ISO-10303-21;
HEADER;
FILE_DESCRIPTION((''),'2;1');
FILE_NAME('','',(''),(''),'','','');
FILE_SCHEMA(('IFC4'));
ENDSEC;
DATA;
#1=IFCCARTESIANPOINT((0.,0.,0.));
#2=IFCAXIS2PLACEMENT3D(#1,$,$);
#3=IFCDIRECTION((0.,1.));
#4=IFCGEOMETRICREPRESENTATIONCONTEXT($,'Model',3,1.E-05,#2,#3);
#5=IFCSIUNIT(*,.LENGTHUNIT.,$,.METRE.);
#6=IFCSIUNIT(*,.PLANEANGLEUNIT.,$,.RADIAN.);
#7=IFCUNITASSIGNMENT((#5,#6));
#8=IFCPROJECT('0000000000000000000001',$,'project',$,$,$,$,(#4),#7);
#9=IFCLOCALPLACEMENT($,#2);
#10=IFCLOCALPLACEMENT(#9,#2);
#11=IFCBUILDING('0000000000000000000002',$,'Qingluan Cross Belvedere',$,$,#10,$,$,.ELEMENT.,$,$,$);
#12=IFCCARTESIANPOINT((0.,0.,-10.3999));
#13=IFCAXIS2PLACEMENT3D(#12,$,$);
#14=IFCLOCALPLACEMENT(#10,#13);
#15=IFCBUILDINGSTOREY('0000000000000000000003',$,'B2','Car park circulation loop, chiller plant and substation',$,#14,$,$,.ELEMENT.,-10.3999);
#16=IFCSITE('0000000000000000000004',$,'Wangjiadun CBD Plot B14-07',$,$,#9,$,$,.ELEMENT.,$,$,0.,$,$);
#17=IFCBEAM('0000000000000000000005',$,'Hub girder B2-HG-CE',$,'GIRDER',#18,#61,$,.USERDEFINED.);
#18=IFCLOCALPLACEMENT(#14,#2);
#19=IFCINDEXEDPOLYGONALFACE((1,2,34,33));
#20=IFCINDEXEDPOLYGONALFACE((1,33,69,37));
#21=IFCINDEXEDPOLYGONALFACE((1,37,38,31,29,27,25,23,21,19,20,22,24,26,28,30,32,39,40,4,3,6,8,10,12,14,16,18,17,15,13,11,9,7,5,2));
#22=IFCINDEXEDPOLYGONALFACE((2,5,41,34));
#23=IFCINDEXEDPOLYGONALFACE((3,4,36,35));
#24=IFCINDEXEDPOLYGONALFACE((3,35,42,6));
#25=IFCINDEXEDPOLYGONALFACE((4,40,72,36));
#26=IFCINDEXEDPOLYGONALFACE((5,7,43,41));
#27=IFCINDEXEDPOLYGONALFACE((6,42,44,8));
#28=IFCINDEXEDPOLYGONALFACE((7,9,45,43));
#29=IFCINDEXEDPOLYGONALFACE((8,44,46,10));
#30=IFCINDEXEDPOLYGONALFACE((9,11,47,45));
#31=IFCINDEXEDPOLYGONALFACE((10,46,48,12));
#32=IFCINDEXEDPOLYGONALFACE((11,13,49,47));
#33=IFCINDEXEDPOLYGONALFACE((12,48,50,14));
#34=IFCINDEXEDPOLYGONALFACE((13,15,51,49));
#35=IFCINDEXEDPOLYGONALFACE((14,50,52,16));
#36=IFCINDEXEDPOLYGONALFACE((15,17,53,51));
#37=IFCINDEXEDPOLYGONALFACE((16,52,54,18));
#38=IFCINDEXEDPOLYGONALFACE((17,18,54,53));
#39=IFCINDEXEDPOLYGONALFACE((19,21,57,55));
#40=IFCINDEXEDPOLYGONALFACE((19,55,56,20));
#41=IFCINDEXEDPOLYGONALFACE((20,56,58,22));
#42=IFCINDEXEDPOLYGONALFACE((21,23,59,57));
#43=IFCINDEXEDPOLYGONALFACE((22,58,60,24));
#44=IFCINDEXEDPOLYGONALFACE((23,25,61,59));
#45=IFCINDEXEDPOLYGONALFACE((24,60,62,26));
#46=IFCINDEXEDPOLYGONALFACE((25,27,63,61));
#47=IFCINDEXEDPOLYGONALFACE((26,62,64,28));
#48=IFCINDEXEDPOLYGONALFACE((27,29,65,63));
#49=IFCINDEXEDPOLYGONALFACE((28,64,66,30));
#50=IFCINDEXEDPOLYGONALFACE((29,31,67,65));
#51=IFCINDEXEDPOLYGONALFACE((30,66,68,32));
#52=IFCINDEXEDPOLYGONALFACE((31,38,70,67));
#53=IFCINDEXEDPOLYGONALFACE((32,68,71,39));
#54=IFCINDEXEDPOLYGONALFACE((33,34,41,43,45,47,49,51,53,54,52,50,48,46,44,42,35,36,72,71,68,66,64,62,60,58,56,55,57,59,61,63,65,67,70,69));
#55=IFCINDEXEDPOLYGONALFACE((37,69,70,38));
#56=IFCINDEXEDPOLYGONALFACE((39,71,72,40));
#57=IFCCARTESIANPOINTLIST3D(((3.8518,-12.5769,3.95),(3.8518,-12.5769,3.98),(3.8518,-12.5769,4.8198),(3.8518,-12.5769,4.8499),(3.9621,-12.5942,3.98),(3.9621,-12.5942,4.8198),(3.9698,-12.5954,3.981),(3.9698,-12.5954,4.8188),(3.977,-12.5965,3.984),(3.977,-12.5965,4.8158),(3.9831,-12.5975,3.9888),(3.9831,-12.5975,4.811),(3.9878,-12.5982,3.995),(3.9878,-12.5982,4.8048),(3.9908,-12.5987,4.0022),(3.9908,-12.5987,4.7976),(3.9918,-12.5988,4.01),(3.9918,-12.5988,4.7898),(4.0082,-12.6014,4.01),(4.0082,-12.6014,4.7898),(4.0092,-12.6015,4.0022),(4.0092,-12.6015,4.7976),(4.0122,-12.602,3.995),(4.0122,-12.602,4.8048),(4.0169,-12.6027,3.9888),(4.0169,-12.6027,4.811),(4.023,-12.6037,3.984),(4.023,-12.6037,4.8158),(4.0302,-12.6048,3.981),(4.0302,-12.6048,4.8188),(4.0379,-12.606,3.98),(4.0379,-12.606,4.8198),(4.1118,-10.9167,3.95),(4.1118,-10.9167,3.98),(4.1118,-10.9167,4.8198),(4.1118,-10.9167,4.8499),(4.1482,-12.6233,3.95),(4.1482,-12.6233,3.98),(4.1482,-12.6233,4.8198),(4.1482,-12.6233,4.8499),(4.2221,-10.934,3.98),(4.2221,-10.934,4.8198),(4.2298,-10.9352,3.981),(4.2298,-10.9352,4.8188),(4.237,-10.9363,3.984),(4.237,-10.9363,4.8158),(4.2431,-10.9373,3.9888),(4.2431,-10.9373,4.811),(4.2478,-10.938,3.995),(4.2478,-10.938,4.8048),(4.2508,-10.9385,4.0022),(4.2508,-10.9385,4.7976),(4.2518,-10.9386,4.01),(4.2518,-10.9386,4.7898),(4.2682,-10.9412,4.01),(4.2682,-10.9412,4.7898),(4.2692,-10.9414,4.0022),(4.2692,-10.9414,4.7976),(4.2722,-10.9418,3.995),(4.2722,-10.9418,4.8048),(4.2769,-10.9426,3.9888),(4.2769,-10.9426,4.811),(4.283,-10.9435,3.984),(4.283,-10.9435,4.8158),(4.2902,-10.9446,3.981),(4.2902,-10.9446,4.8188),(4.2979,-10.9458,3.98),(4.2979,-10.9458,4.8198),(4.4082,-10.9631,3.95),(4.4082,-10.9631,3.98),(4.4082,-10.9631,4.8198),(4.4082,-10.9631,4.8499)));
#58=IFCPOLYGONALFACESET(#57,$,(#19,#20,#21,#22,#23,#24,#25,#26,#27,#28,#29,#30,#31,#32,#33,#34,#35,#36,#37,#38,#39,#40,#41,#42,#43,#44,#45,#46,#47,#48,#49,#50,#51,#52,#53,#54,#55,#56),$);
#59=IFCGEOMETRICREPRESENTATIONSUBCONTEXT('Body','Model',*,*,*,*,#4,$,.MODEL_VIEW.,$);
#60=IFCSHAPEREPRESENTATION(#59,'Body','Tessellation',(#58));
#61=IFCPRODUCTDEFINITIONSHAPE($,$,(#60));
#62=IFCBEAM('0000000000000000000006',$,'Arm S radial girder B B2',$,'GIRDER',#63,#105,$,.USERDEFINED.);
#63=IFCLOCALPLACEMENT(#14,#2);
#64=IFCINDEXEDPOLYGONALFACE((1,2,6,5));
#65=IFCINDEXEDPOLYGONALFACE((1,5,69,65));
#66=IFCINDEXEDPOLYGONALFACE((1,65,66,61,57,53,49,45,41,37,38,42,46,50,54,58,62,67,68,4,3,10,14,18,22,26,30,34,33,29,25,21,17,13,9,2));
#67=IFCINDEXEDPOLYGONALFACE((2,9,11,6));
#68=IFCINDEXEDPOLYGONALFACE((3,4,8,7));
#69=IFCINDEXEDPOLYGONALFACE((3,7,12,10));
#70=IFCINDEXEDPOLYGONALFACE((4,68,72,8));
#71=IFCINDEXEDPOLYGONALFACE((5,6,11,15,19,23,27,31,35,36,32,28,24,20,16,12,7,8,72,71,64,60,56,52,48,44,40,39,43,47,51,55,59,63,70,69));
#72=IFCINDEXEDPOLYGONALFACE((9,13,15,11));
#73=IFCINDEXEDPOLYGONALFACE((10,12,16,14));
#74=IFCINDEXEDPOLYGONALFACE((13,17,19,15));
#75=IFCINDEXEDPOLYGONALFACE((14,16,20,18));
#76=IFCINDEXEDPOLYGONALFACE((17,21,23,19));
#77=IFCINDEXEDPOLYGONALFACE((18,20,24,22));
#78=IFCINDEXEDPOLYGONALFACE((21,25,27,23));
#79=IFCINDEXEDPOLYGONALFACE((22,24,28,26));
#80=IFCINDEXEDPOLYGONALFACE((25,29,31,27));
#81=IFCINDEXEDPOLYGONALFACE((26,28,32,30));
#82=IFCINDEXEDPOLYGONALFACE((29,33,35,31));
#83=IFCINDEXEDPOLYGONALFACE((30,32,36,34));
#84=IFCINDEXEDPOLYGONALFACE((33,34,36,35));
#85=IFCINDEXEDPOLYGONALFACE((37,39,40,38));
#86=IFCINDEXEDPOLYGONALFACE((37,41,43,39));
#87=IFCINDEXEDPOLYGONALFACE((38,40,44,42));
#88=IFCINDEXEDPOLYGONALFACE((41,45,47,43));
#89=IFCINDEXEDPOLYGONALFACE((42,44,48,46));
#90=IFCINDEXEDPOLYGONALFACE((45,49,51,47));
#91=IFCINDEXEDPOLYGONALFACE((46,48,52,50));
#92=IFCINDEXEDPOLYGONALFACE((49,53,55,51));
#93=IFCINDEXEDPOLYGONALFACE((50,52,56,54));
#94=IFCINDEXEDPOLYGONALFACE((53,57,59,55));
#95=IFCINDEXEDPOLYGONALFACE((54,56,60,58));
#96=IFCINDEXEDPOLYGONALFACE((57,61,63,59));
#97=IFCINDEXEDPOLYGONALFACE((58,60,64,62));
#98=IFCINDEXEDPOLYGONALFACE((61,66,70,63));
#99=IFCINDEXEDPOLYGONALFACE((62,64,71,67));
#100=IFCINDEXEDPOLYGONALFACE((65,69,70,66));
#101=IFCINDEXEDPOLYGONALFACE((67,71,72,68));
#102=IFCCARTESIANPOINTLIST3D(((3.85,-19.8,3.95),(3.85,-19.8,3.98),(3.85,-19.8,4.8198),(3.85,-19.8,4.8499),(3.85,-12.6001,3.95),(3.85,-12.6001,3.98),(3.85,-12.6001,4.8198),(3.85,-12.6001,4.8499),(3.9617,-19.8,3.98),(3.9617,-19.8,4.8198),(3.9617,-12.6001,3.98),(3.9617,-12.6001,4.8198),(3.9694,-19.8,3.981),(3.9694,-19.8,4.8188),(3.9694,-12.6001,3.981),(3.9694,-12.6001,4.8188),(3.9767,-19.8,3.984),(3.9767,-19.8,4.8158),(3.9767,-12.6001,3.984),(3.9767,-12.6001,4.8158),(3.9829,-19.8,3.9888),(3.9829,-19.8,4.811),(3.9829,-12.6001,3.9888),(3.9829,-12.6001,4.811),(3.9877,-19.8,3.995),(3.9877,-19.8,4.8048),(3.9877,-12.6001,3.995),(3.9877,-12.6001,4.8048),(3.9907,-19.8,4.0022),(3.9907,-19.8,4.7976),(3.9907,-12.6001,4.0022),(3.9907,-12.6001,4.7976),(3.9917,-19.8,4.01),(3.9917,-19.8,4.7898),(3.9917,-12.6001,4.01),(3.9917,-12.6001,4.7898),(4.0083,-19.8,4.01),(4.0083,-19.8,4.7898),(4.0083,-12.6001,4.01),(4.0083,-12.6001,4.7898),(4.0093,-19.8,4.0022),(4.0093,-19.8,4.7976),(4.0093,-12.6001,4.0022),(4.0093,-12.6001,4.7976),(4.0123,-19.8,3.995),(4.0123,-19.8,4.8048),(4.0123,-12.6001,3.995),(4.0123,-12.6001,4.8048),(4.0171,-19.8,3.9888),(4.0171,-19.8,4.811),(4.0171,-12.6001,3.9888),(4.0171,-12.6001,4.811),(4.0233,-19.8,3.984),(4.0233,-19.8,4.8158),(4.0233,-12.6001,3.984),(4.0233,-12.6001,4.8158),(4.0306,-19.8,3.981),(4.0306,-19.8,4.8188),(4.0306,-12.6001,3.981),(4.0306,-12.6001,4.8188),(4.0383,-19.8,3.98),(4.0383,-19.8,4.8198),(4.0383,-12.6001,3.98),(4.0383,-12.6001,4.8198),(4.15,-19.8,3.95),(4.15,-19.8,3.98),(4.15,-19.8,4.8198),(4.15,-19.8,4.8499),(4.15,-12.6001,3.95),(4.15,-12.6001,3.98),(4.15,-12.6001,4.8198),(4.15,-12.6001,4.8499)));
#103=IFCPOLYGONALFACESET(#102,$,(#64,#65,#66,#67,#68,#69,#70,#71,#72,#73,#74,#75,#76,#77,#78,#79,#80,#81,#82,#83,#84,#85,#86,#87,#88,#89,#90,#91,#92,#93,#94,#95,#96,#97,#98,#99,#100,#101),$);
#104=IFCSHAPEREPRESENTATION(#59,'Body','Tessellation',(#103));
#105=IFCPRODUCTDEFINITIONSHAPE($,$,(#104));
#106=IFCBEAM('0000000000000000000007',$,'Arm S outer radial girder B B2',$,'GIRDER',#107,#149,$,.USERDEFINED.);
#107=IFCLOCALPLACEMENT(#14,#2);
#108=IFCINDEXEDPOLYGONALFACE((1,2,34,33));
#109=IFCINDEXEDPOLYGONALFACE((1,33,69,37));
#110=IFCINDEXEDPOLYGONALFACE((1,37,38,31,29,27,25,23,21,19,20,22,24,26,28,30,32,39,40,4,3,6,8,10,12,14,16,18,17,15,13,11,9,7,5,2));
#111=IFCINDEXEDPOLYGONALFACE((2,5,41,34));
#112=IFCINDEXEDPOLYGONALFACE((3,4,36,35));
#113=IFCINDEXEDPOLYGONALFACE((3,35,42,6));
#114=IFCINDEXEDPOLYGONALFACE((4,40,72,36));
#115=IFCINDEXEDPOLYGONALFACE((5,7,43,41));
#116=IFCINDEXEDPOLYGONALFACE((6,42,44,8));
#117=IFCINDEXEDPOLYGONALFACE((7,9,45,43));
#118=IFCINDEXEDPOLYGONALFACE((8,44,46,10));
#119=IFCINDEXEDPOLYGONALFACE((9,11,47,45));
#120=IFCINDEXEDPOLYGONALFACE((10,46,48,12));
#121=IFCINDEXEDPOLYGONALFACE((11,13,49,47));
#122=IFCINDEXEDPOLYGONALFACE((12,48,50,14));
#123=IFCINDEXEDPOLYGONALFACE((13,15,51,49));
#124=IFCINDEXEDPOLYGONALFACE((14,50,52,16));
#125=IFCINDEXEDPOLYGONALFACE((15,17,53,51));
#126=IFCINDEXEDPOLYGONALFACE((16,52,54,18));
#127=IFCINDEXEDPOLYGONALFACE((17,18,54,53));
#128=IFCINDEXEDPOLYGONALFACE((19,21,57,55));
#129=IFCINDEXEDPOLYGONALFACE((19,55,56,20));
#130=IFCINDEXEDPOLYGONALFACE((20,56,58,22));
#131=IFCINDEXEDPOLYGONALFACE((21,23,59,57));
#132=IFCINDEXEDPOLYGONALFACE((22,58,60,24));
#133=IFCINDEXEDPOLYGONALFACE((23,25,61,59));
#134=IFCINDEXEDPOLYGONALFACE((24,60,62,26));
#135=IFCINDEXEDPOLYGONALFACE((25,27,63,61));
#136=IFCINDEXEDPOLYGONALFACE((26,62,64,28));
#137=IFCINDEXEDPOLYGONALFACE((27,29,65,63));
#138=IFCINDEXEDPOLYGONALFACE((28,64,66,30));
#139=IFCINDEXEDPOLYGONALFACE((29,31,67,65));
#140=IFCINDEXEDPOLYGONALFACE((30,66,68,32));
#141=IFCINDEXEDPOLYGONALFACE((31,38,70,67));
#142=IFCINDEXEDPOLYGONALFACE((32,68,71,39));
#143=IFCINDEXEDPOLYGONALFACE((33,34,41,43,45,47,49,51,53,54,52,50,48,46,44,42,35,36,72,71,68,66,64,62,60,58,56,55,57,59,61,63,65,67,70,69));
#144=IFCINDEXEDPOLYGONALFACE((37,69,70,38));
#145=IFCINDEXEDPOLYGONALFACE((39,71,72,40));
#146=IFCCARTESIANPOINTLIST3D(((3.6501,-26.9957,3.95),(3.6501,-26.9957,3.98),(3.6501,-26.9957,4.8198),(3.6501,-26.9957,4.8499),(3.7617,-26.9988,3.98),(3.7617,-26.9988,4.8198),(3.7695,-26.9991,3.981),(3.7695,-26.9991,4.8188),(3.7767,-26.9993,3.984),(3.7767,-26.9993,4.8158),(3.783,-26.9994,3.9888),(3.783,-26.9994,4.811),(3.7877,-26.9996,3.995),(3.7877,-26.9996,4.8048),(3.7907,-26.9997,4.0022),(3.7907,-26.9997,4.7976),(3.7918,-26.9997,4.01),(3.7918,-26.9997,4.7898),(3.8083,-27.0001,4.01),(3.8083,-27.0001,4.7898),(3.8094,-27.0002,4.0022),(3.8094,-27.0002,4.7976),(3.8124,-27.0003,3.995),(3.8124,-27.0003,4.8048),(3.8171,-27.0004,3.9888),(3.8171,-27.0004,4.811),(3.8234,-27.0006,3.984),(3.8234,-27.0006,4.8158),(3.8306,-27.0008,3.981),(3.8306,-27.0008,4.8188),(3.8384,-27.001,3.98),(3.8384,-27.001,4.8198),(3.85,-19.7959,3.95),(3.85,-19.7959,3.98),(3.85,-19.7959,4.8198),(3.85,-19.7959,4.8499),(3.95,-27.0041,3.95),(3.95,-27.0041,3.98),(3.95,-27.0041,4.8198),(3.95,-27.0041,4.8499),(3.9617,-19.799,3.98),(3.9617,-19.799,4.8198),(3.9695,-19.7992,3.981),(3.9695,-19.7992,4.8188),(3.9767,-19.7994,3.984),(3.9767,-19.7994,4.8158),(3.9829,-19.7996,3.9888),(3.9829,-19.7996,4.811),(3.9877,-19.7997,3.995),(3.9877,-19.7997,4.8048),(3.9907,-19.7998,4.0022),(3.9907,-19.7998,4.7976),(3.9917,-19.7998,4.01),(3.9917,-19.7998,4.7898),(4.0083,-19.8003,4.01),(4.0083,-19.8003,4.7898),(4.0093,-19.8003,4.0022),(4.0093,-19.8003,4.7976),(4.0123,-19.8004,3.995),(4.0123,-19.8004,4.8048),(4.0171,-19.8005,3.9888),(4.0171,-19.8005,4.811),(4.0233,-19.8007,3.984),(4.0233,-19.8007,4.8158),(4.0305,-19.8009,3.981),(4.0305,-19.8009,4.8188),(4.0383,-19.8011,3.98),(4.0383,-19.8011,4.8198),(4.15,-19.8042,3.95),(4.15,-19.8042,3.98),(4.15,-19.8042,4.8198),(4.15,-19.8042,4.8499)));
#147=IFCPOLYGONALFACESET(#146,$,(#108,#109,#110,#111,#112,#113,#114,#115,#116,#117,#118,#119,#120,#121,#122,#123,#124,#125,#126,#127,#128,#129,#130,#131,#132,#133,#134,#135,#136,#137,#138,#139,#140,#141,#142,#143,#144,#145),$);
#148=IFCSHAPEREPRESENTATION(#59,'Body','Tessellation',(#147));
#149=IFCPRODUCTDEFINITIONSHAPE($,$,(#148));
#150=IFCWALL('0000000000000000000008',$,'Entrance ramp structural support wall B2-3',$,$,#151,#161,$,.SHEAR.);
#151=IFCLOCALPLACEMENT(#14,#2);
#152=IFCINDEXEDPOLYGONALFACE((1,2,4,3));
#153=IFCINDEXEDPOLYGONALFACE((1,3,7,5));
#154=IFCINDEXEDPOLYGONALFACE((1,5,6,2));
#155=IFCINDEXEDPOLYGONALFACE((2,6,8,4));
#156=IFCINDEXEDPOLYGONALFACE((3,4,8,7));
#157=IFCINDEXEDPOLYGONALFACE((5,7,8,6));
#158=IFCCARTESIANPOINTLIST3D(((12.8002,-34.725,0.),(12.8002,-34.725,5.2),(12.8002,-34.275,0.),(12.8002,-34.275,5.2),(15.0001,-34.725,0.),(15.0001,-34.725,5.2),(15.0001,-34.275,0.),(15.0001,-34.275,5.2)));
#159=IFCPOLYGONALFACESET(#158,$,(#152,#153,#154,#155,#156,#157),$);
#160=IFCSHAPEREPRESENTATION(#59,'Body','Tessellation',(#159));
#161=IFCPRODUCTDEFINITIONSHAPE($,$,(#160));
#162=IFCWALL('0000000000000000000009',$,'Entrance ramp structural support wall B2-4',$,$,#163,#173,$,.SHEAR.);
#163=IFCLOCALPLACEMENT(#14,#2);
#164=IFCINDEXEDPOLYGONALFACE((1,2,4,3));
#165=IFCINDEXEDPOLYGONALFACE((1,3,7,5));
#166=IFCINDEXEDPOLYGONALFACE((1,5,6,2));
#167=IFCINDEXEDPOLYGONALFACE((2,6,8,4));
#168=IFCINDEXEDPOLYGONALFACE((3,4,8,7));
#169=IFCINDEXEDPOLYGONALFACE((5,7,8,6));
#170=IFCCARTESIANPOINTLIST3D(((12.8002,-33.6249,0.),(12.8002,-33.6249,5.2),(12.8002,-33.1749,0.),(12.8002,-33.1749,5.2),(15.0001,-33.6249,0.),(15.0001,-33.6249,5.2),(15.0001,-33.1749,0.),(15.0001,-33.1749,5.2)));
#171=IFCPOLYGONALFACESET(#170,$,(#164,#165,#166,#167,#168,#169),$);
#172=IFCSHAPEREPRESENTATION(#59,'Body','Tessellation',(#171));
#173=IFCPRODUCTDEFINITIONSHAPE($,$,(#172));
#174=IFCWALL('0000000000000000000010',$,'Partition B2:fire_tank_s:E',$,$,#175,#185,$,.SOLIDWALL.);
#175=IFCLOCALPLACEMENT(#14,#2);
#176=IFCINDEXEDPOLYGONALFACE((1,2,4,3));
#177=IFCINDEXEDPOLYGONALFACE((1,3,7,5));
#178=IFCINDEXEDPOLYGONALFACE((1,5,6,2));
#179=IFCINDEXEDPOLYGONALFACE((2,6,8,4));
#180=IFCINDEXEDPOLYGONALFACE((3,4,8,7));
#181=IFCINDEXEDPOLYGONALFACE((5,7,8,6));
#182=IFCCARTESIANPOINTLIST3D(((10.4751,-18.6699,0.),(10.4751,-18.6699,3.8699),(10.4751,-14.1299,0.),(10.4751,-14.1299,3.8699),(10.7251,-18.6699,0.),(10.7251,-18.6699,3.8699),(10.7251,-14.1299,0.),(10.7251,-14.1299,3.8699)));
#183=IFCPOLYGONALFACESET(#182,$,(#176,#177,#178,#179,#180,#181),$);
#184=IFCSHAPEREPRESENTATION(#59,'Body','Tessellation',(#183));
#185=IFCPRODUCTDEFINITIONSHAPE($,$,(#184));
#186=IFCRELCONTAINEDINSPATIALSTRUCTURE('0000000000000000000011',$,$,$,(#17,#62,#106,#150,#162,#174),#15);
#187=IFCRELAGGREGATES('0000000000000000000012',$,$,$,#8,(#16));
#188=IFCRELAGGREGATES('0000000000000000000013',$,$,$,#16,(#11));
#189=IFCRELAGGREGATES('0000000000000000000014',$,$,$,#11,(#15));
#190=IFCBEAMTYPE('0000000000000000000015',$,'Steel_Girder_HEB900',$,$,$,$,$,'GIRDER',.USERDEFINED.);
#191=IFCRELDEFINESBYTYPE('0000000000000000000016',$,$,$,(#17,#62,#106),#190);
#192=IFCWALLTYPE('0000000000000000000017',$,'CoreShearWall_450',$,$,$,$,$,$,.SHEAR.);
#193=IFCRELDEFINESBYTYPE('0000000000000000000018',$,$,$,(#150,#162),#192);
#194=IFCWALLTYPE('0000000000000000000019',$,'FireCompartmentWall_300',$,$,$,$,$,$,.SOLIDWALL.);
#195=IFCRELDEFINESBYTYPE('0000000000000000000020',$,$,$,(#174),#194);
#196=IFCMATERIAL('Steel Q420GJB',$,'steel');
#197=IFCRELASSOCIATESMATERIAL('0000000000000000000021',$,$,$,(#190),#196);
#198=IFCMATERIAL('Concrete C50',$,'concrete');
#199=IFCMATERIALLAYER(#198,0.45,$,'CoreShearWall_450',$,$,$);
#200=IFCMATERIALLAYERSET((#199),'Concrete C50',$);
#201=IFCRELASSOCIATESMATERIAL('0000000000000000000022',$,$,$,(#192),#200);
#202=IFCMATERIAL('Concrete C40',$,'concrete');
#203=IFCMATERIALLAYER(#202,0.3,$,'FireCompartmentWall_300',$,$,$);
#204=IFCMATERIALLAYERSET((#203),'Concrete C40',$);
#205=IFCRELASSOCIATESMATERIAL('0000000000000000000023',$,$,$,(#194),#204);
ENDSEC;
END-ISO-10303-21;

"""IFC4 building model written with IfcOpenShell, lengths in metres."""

from ifc_helpers import new_model, si_unit, direction, frame, frame_2d, origin, origin_2d, place, context, subcontext, project, spatial, rectangle, i_section, extrude, material, layer, layer_set, material_profile, profile_set, type_object, element, save


model = new_model("IFC4")

# Units and contexts
model_context = context("Model", 3, precision=1e-05, world=origin(), true_north=direction((0.0, 1.0)))
body_context = subcontext(model_context, "Body", "Model", "MODEL_VIEW")
ifc_project = project(units=[si_unit("LENGTHUNIT", "METRE"), si_unit("PLANEANGLEUNIT", "RADIAN")], contexts=[model_context])

# Site, building, storey
site_placement = place(None, origin())
site = spatial("IfcSite", under=ifc_project, at=site_placement, Name="Wangjiadun CBD Plot B14-07", CompositionType="ELEMENT", RefElevation=0.0)
building_placement = place(site_placement, origin())
building = spatial("IfcBuilding", under=site, at=building_placement, Name="Qingluan Cross Belvedere", CompositionType="ELEMENT")
storey_placement = place(building_placement, frame((0.0, 0.0, -10.3999)))
storey = spatial("IfcBuildingStorey", under=building, at=storey_placement, Name="B2", Description="Car park circulation loop, chiller plant and substation", CompositionType="ELEMENT", Elevation=-10.3999)

# Beams
ifc_material_1 = material(Name="Steel Q420GJB", Category="steel")
ifc_material_profile_1 = material_profile(ifc_material_1, i_section(OverallWidth=0.3, OverallDepth=0.8999, WebThickness=0.0166, FlangeThickness=0.03, FilletRadius=0.03, at=origin_2d()), Name="HEB900")
ifc_profile_set_1 = profile_set([ifc_material_profile_1], Name="Steel Q420GJB")
beam_type_1 = type_object("IfcBeamType", Name="Steel_Girder_HEB900", ElementType="GIRDER", PredefinedType="USERDEFINED", material=ifc_profile_set_1)
beam_1_placement = place(storey_placement, frame((4.0, -12.6001, 4.3999), z_axis=(0.154731, 0.987957, 0.0), x_axis=(-0.987957, 0.154731, 0.0)))
element("IfcBeam", 1, at=beam_1_placement, inside=storey, type_object=beam_type_1, Name="Hub girder B2-HG-CE", ObjectType="GIRDER", PredefinedType="USERDEFINED", context=body_context, shape_type="SweptSolid", body=[
    extrude(i_section(OverallWidth=0.3, OverallDepth=0.8999, WebThickness=0.0166, FlangeThickness=0.03, FilletRadius=0.03, at=origin_2d()), origin(), (0.0, 0.0, 1.0), 1.6804),
])
beam_2_placement = place(storey_placement, frame((4.0, -12.6001, 4.3999), z_axis=(0.0, -1.0, 0.0), x_axis=(1.0, 0.0, 0.0)))
element("IfcBeam", 2, at=beam_2_placement, inside=storey, type_object=beam_type_1, Name="Arm S radial girder B B2", ObjectType="GIRDER", PredefinedType="USERDEFINED", context=body_context, shape_type="SweptSolid", body=[
    extrude(i_section(OverallWidth=0.3, OverallDepth=0.8999, WebThickness=0.0166, FlangeThickness=0.03, FilletRadius=0.03, at=origin_2d()), origin(), (0.0, 0.0, 1.0), 7.2),
])
beam_3_placement = place(storey_placement, frame((4.0, -19.8, 4.3999), z_axis=(-0.02776, -0.999615, 0.0), x_axis=(0.999615, -0.02776, 0.0)))
element("IfcBeam", 3, at=beam_3_placement, inside=storey, type_object=beam_type_1, Name="Arm S outer radial girder B B2", ObjectType="GIRDER", PredefinedType="USERDEFINED", context=body_context, shape_type="SweptSolid", body=[
    extrude(i_section(OverallWidth=0.3, OverallDepth=0.8999, WebThickness=0.0166, FlangeThickness=0.03, FilletRadius=0.03, at=origin_2d()), origin(), (0.0, 0.0, 1.0), 7.2026),
])

# Walls
ifc_material_2 = material(Name="Concrete C50", Category="concrete")
ifc_layer_1 = layer(ifc_material_2, 0.45, Name="CoreShearWall_450")
ifc_layer_set_1 = layer_set([ifc_layer_1], Name="Concrete C50")
wall_type_1 = type_object("IfcWallType", Name="CoreShearWall_450", PredefinedType="SHEAR", material=ifc_layer_set_1)
for number, where, z_axis, x_axis, name in (
    (4, (12.8, -34.5, 0.0), (0.0, 0.0, 1.0), (1.0, 0.0, 0.0), "Entrance ramp structural support wall B2-3"),
    (5, (12.8, -33.3999, 0.0), (0.0, 0.0, 1.0), (1.0, 0.0, 0.0), "Entrance ramp structural support wall B2-4"),
):
    element("IfcWall", number, at=place(storey_placement, frame(where, z_axis=z_axis, x_axis=x_axis)), inside=storey, type_object=wall_type_1, Name=name, PredefinedType="SHEAR", context=body_context, shape_type="SweptSolid", body=[
        extrude(rectangle(XDim=2.2, YDim=0.45, at=frame_2d((1.1001, 0.0))), origin(), (0.0, 0.0, 1.0), 5.2),
    ])
ifc_material_3 = material(Name="Concrete C40", Category="concrete")
ifc_layer_2 = layer(ifc_material_3, 0.3, Name="FireCompartmentWall_300")
ifc_layer_set_2 = layer_set([ifc_layer_2], Name="Concrete C40")
wall_type_2 = type_object("IfcWallType", Name="FireCompartmentWall_300", PredefinedType="SOLIDWALL", material=ifc_layer_set_2)
wall_placement = place(storey_placement, frame((10.6001, -18.6699, 0.0), z_axis=(0.0, 0.0, 1.0), x_axis=(0.0, 1.0, 0.0)))
element("IfcWall", 6, at=wall_placement, inside=storey, type_object=wall_type_2, Name="Partition B2:fire_tank_s:E", PredefinedType="SOLIDWALL", context=body_context, shape_type="SweptSolid", body=[
    extrude(rectangle(XDim=4.54, YDim=0.25, at=frame_2d((2.27, 0.0))), origin(), (0.0, 0.0, 1.0), 3.8699),
])

save(model, "model.ifc")
